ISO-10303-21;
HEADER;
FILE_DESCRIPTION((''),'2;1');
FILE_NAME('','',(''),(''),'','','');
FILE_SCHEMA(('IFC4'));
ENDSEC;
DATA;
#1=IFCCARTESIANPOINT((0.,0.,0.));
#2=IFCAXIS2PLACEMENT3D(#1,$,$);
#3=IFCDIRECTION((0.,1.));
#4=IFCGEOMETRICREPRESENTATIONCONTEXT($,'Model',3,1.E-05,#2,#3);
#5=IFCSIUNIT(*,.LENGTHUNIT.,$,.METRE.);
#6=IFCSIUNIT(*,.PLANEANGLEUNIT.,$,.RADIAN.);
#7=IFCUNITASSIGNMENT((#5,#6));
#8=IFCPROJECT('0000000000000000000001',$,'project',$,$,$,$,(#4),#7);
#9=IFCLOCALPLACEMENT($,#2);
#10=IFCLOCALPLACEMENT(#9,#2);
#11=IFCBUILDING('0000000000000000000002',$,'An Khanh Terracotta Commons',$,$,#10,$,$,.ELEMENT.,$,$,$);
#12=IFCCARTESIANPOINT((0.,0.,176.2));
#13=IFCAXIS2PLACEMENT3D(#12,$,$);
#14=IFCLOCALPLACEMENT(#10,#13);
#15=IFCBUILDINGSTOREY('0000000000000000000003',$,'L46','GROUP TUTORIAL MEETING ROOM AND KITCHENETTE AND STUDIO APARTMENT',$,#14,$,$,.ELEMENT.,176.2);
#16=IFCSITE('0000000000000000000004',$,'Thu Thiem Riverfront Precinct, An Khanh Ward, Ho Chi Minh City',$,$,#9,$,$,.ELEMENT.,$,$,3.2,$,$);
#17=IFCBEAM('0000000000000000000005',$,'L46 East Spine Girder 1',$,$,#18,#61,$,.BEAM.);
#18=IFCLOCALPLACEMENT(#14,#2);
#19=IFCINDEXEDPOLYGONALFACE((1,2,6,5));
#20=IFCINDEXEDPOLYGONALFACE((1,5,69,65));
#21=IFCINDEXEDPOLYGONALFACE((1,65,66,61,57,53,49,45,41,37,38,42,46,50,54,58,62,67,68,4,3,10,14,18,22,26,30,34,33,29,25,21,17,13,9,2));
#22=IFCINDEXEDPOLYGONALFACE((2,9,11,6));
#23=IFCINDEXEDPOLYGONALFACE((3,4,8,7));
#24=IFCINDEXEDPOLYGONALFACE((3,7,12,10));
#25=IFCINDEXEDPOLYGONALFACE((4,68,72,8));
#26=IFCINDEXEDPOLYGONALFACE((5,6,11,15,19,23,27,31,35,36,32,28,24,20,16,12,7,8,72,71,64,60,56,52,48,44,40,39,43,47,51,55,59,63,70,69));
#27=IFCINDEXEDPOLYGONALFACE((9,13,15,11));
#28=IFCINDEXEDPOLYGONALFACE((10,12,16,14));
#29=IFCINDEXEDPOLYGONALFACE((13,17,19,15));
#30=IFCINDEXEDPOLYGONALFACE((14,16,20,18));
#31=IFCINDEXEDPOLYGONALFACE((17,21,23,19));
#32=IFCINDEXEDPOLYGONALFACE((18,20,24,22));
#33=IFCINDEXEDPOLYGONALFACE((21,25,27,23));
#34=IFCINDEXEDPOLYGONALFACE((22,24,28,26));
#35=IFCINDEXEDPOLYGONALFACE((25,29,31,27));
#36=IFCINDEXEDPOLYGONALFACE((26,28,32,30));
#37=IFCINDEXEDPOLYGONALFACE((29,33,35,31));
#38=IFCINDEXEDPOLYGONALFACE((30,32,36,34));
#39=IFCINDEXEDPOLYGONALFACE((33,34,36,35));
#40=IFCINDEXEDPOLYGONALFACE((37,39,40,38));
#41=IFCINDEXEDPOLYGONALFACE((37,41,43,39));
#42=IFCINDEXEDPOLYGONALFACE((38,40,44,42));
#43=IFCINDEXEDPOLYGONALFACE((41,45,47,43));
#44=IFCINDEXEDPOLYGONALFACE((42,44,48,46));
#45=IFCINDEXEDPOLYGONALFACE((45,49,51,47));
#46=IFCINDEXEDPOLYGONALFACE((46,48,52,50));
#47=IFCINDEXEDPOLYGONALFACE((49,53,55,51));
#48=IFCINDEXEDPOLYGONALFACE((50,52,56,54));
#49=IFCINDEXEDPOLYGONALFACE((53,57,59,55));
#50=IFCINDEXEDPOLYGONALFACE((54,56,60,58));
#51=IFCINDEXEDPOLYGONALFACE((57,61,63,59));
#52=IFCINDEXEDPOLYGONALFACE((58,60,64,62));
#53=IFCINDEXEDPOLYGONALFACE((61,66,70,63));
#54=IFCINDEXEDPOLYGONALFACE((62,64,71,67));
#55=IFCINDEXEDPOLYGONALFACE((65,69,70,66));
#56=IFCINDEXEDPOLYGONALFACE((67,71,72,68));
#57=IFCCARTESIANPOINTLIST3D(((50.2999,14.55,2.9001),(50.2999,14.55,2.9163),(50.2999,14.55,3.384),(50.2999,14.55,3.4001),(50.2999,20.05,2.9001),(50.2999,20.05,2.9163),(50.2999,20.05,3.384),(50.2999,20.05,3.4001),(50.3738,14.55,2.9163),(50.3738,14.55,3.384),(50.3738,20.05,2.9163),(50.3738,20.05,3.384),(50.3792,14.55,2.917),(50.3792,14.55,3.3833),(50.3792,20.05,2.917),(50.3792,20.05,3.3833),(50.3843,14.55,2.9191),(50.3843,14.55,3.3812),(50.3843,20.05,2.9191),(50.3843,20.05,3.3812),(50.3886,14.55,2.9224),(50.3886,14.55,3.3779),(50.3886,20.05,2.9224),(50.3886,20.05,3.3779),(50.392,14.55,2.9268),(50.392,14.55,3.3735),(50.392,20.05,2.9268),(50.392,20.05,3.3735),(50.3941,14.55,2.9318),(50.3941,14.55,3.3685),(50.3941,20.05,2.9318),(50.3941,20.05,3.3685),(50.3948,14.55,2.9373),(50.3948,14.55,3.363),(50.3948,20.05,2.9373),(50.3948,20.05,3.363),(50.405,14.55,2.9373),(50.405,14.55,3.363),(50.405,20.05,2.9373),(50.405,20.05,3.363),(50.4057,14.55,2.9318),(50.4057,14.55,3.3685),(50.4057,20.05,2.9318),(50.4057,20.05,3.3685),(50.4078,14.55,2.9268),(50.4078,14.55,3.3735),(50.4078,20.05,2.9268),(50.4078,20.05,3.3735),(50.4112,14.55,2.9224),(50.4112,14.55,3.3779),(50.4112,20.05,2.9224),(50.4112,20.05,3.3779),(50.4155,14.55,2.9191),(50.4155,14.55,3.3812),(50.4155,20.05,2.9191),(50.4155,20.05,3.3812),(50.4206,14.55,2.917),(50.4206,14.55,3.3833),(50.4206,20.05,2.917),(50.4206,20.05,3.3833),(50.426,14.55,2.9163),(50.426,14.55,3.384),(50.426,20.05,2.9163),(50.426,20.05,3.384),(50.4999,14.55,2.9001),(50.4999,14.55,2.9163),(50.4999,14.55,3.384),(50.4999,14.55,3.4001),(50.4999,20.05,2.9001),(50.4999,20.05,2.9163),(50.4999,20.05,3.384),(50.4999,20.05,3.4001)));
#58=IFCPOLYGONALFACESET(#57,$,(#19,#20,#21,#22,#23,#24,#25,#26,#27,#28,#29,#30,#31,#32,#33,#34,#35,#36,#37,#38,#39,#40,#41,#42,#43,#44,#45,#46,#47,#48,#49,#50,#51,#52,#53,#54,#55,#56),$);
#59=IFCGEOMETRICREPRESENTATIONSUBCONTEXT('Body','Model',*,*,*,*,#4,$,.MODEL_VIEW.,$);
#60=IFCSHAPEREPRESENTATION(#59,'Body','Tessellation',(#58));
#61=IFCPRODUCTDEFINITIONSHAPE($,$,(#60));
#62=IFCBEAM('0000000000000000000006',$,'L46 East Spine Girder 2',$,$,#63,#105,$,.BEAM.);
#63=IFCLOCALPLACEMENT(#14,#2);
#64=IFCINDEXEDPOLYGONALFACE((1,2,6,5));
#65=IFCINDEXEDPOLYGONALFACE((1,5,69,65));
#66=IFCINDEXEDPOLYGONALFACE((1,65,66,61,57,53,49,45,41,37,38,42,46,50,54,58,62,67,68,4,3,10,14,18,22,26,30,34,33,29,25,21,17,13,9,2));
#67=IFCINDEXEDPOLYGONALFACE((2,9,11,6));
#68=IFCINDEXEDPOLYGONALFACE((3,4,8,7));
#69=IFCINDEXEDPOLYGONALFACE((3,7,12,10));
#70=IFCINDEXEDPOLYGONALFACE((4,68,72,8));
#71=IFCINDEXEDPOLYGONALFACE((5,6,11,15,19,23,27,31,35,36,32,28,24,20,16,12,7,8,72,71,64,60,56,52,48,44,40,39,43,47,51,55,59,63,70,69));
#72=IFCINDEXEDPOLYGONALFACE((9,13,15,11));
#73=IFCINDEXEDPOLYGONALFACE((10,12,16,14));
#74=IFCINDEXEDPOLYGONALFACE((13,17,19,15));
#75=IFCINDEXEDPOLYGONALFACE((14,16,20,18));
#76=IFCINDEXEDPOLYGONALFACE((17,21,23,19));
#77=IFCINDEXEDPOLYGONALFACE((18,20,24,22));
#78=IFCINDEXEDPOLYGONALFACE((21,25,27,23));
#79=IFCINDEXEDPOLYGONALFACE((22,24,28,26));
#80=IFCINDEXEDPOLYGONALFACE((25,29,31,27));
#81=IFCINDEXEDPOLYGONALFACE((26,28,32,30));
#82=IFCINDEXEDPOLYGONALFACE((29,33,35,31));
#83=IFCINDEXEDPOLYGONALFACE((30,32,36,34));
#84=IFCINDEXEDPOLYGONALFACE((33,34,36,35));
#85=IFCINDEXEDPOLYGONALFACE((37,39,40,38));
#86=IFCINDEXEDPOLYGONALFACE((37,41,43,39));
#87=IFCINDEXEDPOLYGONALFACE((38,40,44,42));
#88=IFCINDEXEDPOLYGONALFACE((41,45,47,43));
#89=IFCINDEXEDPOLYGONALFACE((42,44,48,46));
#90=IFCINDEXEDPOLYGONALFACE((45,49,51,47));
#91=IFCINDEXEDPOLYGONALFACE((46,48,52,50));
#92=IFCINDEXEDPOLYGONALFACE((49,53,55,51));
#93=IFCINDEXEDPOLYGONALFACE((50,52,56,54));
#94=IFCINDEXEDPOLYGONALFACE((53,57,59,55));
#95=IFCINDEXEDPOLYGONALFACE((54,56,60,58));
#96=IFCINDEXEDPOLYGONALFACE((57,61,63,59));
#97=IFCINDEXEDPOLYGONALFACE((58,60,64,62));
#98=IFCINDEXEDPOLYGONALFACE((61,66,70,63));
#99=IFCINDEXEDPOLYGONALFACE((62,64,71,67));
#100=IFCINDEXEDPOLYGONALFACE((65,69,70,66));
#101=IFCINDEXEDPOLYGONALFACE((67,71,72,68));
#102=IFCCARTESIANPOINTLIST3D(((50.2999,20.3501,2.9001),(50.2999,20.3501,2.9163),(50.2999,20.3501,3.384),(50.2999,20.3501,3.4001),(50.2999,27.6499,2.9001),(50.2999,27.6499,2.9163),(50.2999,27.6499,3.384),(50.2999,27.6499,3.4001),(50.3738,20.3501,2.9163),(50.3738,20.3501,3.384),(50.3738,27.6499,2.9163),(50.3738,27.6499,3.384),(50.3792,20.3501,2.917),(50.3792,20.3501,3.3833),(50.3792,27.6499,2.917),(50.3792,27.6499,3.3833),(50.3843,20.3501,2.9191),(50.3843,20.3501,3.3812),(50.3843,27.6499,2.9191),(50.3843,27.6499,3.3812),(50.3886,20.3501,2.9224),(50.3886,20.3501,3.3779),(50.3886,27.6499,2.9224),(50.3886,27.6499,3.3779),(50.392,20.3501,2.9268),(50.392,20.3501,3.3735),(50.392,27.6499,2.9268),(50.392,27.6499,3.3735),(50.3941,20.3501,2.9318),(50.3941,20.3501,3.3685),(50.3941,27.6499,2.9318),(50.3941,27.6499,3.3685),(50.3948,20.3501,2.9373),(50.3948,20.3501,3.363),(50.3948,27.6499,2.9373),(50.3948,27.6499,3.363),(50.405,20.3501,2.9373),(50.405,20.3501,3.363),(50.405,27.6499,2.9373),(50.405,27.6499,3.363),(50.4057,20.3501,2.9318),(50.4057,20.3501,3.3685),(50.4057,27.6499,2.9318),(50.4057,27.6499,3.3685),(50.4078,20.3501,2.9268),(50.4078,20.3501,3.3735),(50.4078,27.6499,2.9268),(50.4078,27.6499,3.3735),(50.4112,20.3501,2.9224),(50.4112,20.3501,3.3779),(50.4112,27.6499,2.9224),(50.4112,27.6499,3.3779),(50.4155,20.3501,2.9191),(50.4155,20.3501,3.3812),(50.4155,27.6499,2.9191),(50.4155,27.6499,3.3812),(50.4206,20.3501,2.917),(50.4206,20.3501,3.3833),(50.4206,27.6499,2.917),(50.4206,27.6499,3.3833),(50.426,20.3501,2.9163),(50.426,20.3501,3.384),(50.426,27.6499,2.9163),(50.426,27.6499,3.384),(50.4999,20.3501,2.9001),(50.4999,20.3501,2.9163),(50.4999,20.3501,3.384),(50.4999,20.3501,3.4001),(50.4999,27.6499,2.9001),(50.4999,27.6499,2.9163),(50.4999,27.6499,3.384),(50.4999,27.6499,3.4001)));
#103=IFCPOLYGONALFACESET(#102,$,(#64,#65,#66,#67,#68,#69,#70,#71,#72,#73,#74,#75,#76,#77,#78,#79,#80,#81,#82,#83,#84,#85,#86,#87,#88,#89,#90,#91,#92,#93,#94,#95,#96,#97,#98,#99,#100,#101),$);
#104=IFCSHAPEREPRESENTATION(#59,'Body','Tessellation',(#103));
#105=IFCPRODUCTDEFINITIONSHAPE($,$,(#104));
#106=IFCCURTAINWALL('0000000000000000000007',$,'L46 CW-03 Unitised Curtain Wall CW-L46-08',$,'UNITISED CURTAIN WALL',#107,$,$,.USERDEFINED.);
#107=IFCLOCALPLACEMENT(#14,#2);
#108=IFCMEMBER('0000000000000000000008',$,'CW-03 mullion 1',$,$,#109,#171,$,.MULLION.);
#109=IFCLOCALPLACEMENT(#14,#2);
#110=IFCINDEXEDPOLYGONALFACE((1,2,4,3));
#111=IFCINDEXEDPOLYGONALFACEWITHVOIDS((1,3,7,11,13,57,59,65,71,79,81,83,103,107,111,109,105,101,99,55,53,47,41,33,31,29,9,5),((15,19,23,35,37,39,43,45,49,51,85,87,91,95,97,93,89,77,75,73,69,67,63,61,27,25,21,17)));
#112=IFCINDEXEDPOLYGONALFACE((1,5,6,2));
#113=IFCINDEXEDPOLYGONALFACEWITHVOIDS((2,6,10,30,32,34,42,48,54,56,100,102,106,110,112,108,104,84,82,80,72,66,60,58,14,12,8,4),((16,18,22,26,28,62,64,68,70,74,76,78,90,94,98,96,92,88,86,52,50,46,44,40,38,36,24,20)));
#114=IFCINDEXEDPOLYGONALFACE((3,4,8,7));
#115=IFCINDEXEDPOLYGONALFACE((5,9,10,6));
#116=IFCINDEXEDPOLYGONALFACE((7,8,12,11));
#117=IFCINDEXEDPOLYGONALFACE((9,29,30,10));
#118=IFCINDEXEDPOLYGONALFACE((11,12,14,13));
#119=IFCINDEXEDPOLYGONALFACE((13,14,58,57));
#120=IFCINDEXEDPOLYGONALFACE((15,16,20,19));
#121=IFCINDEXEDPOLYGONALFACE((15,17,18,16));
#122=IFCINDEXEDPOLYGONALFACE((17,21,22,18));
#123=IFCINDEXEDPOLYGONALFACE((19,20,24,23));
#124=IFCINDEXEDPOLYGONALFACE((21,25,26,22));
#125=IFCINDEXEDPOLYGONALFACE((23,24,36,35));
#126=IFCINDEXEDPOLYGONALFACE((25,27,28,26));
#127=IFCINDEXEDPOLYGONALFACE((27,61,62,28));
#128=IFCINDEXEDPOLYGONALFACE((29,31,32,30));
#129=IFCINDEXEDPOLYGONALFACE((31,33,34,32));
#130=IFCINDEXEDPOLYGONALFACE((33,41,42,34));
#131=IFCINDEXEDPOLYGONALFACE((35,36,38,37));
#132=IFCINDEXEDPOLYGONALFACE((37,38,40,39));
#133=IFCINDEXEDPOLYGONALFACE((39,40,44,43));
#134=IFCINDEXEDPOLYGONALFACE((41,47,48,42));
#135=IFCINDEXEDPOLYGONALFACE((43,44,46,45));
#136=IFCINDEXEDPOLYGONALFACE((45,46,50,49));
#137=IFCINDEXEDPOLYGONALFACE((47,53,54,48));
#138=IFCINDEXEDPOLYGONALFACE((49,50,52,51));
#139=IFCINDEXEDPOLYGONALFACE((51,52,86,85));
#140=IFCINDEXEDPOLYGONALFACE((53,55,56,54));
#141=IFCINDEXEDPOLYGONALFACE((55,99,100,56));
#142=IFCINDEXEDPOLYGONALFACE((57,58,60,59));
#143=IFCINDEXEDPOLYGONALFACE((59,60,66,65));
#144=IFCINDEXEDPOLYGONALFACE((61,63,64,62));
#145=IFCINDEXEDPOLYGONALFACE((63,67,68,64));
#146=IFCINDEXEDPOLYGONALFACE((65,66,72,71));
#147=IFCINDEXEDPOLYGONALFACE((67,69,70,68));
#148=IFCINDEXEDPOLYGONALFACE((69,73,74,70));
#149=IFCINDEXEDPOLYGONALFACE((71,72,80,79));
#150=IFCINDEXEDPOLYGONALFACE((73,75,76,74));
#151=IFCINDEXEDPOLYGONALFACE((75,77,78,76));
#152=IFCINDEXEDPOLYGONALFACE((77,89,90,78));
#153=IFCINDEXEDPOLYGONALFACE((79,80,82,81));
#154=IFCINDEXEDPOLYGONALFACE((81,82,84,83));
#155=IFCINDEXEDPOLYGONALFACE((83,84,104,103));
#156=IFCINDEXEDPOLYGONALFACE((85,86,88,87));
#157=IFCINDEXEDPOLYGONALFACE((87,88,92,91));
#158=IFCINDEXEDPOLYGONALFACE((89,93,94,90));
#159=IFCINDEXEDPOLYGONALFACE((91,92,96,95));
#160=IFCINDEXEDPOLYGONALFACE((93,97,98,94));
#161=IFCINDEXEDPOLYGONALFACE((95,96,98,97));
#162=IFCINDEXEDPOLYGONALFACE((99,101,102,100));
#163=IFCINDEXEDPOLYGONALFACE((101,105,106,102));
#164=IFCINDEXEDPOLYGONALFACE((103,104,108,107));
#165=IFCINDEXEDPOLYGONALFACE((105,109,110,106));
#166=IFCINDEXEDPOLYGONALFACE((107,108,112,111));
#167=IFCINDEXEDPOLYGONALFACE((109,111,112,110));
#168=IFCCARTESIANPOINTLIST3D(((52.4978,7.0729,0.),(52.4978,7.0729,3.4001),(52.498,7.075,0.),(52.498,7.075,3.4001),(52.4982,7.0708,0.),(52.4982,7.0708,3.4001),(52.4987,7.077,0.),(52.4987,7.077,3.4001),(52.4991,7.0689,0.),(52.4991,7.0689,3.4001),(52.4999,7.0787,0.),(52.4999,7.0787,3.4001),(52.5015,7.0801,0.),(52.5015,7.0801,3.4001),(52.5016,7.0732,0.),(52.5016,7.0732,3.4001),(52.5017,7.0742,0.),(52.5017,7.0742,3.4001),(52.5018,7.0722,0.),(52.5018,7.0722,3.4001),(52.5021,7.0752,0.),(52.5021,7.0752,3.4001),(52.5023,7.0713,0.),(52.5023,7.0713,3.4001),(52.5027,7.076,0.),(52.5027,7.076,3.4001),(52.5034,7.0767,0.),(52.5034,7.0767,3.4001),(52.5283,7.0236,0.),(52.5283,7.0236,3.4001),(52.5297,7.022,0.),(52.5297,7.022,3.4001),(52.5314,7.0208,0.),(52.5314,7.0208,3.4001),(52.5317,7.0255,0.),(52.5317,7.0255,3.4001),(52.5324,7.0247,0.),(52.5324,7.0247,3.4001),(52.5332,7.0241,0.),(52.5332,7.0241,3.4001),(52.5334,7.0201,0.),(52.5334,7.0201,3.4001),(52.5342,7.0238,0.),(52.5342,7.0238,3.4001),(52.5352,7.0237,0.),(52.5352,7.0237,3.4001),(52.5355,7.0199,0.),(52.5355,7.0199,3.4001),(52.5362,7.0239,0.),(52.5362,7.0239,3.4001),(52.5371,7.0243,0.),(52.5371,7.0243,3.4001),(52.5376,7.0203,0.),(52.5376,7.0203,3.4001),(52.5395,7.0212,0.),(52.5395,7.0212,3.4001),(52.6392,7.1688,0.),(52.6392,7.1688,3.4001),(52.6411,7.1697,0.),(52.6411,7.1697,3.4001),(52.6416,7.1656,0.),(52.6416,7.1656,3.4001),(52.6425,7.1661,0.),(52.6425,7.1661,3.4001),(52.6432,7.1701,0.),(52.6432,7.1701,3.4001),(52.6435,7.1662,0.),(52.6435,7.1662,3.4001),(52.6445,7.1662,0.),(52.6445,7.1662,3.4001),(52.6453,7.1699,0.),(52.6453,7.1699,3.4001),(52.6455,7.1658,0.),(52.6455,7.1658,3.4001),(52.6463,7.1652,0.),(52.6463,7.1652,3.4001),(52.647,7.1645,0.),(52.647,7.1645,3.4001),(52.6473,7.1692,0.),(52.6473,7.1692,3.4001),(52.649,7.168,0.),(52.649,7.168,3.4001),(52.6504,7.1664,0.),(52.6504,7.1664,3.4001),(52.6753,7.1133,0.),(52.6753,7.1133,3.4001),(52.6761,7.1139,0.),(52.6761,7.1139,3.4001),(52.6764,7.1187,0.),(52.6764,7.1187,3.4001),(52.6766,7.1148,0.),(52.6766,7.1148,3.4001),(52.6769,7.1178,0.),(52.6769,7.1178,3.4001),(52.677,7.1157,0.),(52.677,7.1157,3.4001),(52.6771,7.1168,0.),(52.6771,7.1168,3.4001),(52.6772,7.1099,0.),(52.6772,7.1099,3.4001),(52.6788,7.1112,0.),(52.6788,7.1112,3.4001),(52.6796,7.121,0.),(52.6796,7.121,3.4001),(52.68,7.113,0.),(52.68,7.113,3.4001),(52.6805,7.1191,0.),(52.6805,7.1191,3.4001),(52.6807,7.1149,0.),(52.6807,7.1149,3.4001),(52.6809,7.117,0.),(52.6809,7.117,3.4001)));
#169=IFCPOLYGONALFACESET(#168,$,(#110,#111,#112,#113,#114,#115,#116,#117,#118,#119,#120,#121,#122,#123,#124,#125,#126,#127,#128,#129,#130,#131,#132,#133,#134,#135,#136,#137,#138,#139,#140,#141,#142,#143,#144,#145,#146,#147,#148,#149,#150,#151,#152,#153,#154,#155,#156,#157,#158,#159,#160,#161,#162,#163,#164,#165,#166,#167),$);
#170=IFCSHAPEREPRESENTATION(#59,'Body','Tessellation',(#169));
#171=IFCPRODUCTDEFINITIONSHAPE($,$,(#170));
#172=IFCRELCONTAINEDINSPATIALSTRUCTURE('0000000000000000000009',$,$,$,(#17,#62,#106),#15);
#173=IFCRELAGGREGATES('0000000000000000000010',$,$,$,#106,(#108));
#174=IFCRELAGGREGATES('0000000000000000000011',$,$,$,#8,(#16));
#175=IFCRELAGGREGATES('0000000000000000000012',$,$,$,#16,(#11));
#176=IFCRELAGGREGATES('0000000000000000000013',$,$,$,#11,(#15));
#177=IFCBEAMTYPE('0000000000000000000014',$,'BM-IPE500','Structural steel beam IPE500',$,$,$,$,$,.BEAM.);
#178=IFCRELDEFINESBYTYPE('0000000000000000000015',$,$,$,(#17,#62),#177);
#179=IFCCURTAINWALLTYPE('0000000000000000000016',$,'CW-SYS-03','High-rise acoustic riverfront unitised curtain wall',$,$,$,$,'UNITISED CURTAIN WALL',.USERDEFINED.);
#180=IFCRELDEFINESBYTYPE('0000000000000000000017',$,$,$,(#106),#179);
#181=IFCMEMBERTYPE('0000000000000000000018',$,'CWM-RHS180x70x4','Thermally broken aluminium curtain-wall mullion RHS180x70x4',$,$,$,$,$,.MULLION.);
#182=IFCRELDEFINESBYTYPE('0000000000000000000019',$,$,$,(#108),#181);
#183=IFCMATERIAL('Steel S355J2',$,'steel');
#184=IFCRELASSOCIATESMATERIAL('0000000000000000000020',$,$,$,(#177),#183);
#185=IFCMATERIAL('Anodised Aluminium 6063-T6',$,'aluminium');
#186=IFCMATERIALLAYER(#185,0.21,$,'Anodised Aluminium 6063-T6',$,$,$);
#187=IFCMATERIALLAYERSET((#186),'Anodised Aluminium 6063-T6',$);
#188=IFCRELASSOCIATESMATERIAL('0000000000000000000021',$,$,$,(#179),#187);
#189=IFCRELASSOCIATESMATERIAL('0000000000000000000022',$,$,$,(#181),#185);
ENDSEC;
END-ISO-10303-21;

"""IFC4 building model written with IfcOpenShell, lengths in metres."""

from ifc_helpers import new_model, si_unit, direction, frame, origin, origin_2d, place, context, subcontext, project, spatial, hollow_rectangle, i_section, extrude, material, layer, layer_set, material_profile, profile_set, type_object, element, aggregate, save


model = new_model("IFC4")

# Units and contexts
model_context = context("Model", 3, precision=1e-05, world=origin(), true_north=direction((0.0, 1.0)))
body_context = subcontext(model_context, "Body", "Model", "MODEL_VIEW")
ifc_project = project(units=[si_unit("LENGTHUNIT", "METRE"), si_unit("PLANEANGLEUNIT", "RADIAN")], contexts=[model_context])

# Site, building, storey
site_placement = place(None, origin())
site = spatial("IfcSite", under=ifc_project, at=site_placement, Name="Thu Thiem Riverfront Precinct, An Khanh Ward, Ho Chi Minh City", CompositionType="ELEMENT", RefElevation=3.2)
building_placement = place(site_placement, origin())
building = spatial("IfcBuilding", under=site, at=building_placement, Name="An Khanh Terracotta Commons", CompositionType="ELEMENT")
storey_placement = place(building_placement, frame((0.0, 0.0, 176.2)))
storey = spatial("IfcBuildingStorey", under=building, at=storey_placement, Name="L46", Description="GROUP TUTORIAL MEETING ROOM AND KITCHENETTE AND STUDIO APARTMENT", CompositionType="ELEMENT", Elevation=176.2)

# Beams
ifc_material_1 = material(Name="Steel S355J2", Category="steel")
ifc_material_profile_1 = material_profile(ifc_material_1, i_section(OverallWidth=0.2, OverallDepth=0.5, WebThickness=0.0103, FlangeThickness=0.0161, FilletRadius=0.021, at=origin_2d()), Name="IPE500")
ifc_profile_set_1 = profile_set([ifc_material_profile_1], Name="Steel S355J2")
beam_type_1 = type_object("IfcBeamType", Name="BM-IPE500", Description="Structural steel beam IPE500", PredefinedType="BEAM", material=ifc_profile_set_1)
beam_1_placement = place(storey_placement, frame((50.3999, 14.55, 3.1501), z_axis=(0.0, 1.0, 0.0), x_axis=(-1.0, 0.0, 0.0)))
element("IfcBeam", 1, at=beam_1_placement, inside=storey, type_object=beam_type_1, Name="L46 East Spine Girder 1", PredefinedType="BEAM", context=body_context, shape_type="SweptSolid", body=[
    extrude(i_section(OverallWidth=0.2, OverallDepth=0.5, WebThickness=0.0103, FlangeThickness=0.0161, FilletRadius=0.021, at=origin_2d()), origin(), (0.0, 0.0, 1.0), 5.5),
])
beam_2_placement = place(storey_placement, frame((50.3999, 20.3501, 3.1501), z_axis=(0.0, 1.0, 0.0), x_axis=(-1.0, 0.0, 0.0)))
element("IfcBeam", 2, at=beam_2_placement, inside=storey, type_object=beam_type_1, Name="L46 East Spine Girder 2", PredefinedType="BEAM", context=body_context, shape_type="SweptSolid", body=[
    extrude(i_section(OverallWidth=0.2, OverallDepth=0.5, WebThickness=0.0103, FlangeThickness=0.0161, FilletRadius=0.021, at=origin_2d()), origin(), (0.0, 0.0, 1.0), 7.2998),
])

# Curtain wall, member
ifc_material_2 = material(Name="Anodised Aluminium 6063-T6", Category="aluminium")
ifc_layer_1 = layer(ifc_material_2, 0.21, Name="Anodised Aluminium 6063-T6")
ifc_layer_set_1 = layer_set([ifc_layer_1], Name="Anodised Aluminium 6063-T6")
curtain_wall_type = type_object("IfcCurtainWallType", Name="CW-SYS-03", Description="High-rise acoustic riverfront unitised curtain wall", ElementType="UNITISED CURTAIN WALL", PredefinedType="USERDEFINED", material=ifc_layer_set_1)
curtain_wall_placement = place(storey_placement, origin())
curtain_wall = element("IfcCurtainWall", 3, at=curtain_wall_placement, inside=storey, type_object=curtain_wall_type, Name="L46 CW-03 Unitised Curtain Wall CW-L46-08", ObjectType="UNITISED CURTAIN WALL", PredefinedType="USERDEFINED")
ifc_material_profile_2 = material_profile(ifc_material_2, hollow_rectangle(XDim=0.0701, YDim=0.1799, WallThickness=0.0039, InnerFilletRadius=0.0039, OuterFilletRadius=0.0081, at=origin_2d()), Name="RHS180x70x4")
ifc_profile_set_2 = profile_set([ifc_material_profile_2], Name="Anodised Aluminium 6063-T6")
member_type_1 = type_object("IfcMemberType", Name="CWM-RHS180x70x4", Description="Thermally broken aluminium curtain-wall mullion RHS180x70x4", PredefinedType="MULLION", material=ifc_profile_set_2)
member_1_placement = place(storey_placement, frame((52.5894, 7.095, 0.0), z_axis=(0.0, 0.0, 1.0), x_axis=(-0.541498, 0.840702, 0.0)))
member_1 = element("IfcMember", 4, at=member_1_placement, type_object=member_type_1, Name="CW-03 mullion 1", PredefinedType="MULLION", context=body_context, shape_type="SweptSolid", body=[
    extrude(hollow_rectangle(XDim=0.0701, YDim=0.1799, WallThickness=0.0039, InnerFilletRadius=0.0039, OuterFilletRadius=0.0081, at=origin_2d()), origin(), (0.0, 0.0, 1.0), 3.4001),
])
aggregate(curtain_wall, [member_1])

save(model, "model.ifc")
